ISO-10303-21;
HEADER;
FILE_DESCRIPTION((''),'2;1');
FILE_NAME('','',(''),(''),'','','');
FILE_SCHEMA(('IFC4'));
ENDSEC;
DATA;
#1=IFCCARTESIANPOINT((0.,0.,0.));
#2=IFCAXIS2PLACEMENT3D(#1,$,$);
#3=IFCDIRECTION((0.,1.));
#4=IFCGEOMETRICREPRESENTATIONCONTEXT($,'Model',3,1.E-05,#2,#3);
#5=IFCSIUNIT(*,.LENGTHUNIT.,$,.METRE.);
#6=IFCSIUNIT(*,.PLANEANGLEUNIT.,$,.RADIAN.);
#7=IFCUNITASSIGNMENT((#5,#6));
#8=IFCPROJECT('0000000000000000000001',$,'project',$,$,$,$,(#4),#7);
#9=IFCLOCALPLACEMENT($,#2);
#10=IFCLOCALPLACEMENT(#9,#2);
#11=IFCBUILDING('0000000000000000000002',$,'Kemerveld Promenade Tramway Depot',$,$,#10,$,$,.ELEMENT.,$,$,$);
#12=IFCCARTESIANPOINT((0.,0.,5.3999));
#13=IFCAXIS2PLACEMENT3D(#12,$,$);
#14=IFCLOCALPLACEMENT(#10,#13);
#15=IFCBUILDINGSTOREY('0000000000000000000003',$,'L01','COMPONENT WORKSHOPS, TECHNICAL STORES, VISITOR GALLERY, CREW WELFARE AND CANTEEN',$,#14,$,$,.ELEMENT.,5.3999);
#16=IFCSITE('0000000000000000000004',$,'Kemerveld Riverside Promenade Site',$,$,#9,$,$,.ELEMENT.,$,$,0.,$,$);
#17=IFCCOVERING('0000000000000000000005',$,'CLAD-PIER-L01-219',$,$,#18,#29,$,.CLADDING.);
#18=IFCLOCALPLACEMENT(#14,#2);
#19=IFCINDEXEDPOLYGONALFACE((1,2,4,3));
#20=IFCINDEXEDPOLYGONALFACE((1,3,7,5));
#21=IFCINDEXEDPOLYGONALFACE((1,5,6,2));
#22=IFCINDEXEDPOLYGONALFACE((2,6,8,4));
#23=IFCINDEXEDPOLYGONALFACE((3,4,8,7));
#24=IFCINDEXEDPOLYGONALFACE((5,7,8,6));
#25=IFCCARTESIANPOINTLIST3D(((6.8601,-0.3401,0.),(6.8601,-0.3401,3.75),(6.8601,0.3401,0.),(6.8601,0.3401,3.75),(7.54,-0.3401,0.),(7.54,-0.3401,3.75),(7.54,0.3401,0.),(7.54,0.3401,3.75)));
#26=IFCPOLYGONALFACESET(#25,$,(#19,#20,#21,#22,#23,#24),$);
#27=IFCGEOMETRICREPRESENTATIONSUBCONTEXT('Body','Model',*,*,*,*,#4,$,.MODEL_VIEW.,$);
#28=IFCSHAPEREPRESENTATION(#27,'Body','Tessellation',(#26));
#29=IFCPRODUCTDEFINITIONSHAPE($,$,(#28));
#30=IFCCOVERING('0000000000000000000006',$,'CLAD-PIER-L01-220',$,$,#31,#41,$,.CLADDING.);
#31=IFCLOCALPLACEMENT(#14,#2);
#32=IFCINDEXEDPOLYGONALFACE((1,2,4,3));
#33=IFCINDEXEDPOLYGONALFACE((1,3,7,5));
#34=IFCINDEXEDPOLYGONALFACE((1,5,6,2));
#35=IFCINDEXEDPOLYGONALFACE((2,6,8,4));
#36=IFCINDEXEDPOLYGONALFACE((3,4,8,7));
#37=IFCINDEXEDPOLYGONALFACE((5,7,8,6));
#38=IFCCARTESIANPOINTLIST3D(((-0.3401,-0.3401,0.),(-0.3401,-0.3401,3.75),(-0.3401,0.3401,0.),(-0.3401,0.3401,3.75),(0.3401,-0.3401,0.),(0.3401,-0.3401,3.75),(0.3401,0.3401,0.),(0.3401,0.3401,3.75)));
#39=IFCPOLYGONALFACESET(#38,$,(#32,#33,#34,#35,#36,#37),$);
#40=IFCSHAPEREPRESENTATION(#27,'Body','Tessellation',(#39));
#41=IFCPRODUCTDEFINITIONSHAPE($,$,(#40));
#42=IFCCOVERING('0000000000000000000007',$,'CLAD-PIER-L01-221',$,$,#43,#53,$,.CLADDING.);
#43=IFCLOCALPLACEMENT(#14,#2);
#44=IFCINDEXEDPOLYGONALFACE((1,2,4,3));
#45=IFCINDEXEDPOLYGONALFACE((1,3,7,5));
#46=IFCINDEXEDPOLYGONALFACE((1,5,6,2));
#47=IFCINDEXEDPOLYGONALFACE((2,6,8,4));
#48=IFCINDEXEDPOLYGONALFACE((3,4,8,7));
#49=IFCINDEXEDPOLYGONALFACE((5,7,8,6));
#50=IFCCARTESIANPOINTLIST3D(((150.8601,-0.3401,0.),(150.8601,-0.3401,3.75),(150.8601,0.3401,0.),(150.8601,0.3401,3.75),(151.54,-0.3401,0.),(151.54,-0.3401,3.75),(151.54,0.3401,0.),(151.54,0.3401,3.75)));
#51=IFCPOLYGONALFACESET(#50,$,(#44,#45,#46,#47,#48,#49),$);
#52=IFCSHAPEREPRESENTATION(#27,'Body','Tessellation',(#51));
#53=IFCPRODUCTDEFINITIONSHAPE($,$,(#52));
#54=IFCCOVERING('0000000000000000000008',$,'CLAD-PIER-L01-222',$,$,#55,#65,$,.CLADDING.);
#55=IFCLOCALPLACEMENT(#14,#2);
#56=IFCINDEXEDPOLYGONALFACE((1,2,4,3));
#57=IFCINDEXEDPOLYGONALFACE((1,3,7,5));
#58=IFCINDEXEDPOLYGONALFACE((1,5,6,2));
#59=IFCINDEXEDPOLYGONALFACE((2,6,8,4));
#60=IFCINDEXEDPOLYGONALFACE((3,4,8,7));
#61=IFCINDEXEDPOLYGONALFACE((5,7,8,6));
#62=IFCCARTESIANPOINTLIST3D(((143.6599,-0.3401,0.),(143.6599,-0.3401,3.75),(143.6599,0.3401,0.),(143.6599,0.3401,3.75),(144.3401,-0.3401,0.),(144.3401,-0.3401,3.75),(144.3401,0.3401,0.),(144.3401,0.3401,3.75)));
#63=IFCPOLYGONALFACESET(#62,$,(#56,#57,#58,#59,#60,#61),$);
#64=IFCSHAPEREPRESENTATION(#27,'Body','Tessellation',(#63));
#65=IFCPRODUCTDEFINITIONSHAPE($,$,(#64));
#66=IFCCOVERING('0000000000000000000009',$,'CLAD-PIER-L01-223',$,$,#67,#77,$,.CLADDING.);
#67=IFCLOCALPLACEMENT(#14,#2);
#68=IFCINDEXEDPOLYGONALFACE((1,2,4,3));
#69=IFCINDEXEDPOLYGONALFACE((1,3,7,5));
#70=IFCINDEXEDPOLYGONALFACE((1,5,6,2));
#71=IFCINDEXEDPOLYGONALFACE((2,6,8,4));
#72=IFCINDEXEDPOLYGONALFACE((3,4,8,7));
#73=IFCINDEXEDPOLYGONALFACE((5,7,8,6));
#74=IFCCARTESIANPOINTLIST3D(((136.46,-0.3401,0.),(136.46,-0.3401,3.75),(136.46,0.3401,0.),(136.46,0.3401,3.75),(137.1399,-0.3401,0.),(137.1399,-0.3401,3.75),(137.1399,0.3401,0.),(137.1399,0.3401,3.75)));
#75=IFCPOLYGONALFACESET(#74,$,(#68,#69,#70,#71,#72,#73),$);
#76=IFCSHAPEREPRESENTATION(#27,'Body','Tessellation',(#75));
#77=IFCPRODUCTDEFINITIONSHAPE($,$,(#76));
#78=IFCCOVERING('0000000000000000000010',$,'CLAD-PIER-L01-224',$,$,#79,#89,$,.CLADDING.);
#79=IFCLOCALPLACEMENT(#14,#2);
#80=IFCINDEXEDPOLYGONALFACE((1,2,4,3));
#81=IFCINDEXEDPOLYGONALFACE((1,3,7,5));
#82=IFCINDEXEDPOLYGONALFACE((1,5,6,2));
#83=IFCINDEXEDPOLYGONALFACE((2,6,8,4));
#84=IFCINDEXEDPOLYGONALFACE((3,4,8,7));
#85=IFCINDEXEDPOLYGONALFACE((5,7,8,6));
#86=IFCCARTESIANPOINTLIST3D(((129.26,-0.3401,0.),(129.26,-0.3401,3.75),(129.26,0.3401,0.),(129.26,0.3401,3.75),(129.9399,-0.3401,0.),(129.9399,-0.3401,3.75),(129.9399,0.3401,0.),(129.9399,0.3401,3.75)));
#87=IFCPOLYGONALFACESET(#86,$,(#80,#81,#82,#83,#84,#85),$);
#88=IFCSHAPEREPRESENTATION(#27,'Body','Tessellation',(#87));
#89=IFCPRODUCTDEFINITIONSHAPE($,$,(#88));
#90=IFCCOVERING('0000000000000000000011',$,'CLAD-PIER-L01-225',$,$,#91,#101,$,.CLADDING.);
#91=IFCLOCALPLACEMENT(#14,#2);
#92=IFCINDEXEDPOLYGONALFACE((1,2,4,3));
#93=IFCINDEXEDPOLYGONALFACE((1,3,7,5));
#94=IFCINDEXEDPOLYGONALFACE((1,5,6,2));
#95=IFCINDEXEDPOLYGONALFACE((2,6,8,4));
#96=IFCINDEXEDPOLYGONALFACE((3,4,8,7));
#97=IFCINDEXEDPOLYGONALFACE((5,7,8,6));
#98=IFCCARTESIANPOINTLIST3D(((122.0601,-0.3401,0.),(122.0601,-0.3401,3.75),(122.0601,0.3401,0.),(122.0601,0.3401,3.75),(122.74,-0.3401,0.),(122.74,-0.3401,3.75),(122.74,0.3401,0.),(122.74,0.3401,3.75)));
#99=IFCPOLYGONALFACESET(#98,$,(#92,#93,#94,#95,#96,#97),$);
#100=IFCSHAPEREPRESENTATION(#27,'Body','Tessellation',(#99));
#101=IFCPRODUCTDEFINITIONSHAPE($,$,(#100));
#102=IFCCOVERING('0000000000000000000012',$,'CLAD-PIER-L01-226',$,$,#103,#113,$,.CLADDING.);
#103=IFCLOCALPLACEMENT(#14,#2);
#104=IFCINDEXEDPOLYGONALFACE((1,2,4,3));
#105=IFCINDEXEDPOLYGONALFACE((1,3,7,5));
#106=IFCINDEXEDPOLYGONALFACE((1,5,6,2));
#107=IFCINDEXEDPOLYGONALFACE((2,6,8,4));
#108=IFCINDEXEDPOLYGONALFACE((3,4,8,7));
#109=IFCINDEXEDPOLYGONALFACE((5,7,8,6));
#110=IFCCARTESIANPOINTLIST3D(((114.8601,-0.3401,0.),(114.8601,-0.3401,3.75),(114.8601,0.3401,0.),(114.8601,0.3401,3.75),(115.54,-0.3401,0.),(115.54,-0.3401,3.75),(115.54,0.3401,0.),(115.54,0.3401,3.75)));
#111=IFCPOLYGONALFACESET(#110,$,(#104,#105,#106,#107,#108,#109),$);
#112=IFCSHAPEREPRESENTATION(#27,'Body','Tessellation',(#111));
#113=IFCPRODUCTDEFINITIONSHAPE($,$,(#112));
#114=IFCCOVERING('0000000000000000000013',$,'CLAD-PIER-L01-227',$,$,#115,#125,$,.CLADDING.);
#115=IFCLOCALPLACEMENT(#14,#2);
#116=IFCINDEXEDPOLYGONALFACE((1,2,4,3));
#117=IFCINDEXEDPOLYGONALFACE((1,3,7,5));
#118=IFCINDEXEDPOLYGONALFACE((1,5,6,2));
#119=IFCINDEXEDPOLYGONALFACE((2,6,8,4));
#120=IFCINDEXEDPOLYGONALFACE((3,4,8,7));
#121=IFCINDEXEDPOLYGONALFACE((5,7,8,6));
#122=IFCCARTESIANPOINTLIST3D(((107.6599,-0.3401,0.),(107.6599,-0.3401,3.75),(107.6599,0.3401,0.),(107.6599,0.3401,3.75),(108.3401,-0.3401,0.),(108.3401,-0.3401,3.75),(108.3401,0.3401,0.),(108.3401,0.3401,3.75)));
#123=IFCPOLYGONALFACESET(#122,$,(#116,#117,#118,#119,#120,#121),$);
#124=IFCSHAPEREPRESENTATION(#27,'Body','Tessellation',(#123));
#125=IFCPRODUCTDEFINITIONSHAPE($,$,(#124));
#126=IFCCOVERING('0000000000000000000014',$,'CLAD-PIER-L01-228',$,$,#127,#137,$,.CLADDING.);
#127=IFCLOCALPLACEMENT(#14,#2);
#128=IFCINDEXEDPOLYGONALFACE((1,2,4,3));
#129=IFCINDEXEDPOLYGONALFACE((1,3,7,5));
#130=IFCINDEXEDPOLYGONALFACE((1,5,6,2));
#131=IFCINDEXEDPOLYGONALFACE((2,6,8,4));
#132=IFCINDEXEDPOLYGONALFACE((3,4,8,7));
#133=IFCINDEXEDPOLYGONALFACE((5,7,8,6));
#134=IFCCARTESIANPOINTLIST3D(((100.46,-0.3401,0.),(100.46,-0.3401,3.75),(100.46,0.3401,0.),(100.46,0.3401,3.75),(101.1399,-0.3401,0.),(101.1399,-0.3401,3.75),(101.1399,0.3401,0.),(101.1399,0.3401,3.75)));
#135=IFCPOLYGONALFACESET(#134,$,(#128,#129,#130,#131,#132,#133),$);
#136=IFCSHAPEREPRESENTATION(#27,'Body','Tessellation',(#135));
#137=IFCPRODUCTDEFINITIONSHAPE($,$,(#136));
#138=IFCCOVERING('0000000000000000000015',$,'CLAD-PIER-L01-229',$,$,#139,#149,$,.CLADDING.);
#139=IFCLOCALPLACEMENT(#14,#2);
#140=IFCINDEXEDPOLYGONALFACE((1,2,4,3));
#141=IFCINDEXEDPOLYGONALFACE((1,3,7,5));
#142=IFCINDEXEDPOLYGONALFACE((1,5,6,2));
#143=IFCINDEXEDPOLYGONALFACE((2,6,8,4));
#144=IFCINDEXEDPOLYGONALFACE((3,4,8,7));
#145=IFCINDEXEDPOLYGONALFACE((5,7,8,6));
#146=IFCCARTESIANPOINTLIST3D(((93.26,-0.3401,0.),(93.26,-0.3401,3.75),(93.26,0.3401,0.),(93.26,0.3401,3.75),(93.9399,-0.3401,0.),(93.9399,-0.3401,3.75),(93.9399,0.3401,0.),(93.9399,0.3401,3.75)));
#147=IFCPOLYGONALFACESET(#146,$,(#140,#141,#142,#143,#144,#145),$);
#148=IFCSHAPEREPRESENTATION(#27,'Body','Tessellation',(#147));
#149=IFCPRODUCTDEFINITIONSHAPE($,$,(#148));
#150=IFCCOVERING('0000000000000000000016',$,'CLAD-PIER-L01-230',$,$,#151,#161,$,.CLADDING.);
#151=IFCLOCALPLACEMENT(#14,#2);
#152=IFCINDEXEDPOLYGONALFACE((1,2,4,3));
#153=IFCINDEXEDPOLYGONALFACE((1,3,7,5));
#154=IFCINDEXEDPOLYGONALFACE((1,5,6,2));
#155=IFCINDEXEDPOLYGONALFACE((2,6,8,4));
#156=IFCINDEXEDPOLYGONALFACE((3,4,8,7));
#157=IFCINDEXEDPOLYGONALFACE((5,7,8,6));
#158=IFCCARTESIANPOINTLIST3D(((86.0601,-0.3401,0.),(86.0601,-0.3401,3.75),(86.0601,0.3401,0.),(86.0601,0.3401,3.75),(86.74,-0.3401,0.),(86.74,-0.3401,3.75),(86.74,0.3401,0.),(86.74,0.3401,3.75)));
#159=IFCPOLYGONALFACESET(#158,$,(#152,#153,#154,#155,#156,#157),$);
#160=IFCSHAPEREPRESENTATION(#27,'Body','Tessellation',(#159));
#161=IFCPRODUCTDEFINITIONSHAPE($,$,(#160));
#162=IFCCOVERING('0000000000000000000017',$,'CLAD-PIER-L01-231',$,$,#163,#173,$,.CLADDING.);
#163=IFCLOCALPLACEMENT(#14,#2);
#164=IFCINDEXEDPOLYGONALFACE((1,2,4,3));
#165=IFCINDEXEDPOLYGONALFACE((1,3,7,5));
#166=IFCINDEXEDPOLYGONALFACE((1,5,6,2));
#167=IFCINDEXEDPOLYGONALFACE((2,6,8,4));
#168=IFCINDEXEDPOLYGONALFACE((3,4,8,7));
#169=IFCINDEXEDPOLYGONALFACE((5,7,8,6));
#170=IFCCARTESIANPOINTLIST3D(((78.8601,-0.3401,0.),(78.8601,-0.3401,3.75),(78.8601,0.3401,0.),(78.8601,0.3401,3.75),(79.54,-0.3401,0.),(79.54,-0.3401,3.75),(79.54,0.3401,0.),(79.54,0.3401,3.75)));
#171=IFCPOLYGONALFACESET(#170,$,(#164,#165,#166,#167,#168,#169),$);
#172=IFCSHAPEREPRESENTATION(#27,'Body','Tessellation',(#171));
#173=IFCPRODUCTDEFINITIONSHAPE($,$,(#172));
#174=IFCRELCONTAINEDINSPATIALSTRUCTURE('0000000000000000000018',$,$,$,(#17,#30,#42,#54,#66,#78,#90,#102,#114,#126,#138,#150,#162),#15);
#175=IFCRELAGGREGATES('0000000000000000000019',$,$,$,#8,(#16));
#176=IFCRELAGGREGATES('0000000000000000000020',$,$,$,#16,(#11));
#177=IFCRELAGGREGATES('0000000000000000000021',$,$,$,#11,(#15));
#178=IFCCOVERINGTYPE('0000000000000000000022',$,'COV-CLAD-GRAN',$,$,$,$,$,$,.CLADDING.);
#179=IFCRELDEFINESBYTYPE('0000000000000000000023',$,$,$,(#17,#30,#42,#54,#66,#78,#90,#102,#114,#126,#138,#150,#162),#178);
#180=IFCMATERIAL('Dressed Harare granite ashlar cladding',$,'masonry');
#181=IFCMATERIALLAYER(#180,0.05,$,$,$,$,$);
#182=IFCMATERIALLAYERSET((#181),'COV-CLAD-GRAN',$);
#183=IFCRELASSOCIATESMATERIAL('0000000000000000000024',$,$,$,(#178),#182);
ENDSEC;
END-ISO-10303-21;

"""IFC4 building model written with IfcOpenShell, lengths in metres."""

from ifc_helpers import new_model, si_unit, direction, frame, origin, place, context, subcontext, project, spatial, polyline, outline, extrude, material, layer, layer_set, type_object, element, save


model = new_model("IFC4")

# Units and contexts
model_context = context("Model", 3, precision=1e-05, world=origin(), true_north=direction((0.0, 1.0)))
body_context = subcontext(model_context, "Body", "Model", "MODEL_VIEW")
ifc_project = project(units=[si_unit("LENGTHUNIT", "METRE"), si_unit("PLANEANGLEUNIT", "RADIAN")], contexts=[model_context])

# Site, building, storey
site_placement = place(None, origin())
site = spatial("IfcSite", under=ifc_project, at=site_placement, Name="Kemerveld Riverside Promenade Site", CompositionType="ELEMENT", RefElevation=0.0)
building_placement = place(site_placement, origin())
building = spatial("IfcBuilding", under=site, at=building_placement, Name="Kemerveld Promenade Tramway Depot", CompositionType="ELEMENT")
storey_placement = place(building_placement, frame((0.0, 0.0, 5.3999)))
storey = spatial("IfcBuildingStorey", under=building, at=storey_placement, Name="L01", Description="COMPONENT WORKSHOPS, TECHNICAL STORES, VISITOR GALLERY, CREW WELFARE AND CANTEEN", CompositionType="ELEMENT", Elevation=5.3999)

# Coverings
ifc_material = material(Name="Dressed Harare granite ashlar cladding", Category="masonry")
ifc_layer = layer(ifc_material, 0.05)
ifc_layer_set = layer_set([ifc_layer], Name="COV-CLAD-GRAN")
covering_type = type_object("IfcCoveringType", Name="COV-CLAD-GRAN", PredefinedType="CLADDING", material=ifc_layer_set)
covering_1_placement = place(storey_placement, origin())
element("IfcCovering", 1, at=covering_1_placement, inside=storey, type_object=covering_type, Name="CLAD-PIER-L01-219", PredefinedType="CLADDING", context=body_context, shape_type="SweptSolid", body=[
    extrude(outline(polyline([(6.8601, -0.3401), (7.54, -0.3401), (7.54, 0.3401), (6.8601, 0.3401), (6.8601, -0.3401)])), origin(), (0.0, 0.0, 1.0), 3.75),
])
covering_2_placement = place(storey_placement, origin())
element("IfcCovering", 2, at=covering_2_placement, inside=storey, type_object=covering_type, Name="CLAD-PIER-L01-220", PredefinedType="CLADDING", context=body_context, shape_type="SweptSolid", body=[
    extrude(outline(polyline([(-0.3401, -0.3401), (0.3401, -0.3401), (0.3401, 0.3401), (-0.3401, 0.3401), (-0.3401, -0.3401)])), origin(), (0.0, 0.0, 1.0), 3.75),
])
covering_3_placement = place(storey_placement, origin())
element("IfcCovering", 3, at=covering_3_placement, inside=storey, type_object=covering_type, Name="CLAD-PIER-L01-221", PredefinedType="CLADDING", context=body_context, shape_type="SweptSolid", body=[
    extrude(outline(polyline([(150.8601, -0.3401), (151.54, -0.3401), (151.54, 0.3401), (150.8601, 0.3401), (150.8601, -0.3401)])), origin(), (0.0, 0.0, 1.0), 3.75),
])
covering_4_placement = place(storey_placement, origin())
element("IfcCovering", 4, at=covering_4_placement, inside=storey, type_object=covering_type, Name="CLAD-PIER-L01-222", PredefinedType="CLADDING", context=body_context, shape_type="SweptSolid", body=[
    extrude(outline(polyline([(143.6599, -0.3401), (144.3401, -0.3401), (144.3401, 0.3401), (143.6599, 0.3401), (143.6599, -0.3401)])), origin(), (0.0, 0.0, 1.0), 3.75),
])
covering_5_placement = place(storey_placement, origin())
element("IfcCovering", 5, at=covering_5_placement, inside=storey, type_object=covering_type, Name="CLAD-PIER-L01-223", PredefinedType="CLADDING", context=body_context, shape_type="SweptSolid", body=[
    extrude(outline(polyline([(136.46, -0.3401), (137.1399, -0.3401), (137.1399, 0.3401), (136.46, 0.3401), (136.46, -0.3401)])), origin(), (0.0, 0.0, 1.0), 3.75),
])
covering_6_placement = place(storey_placement, origin())
element("IfcCovering", 6, at=covering_6_placement, inside=storey, type_object=covering_type, Name="CLAD-PIER-L01-224", PredefinedType="CLADDING", context=body_context, shape_type="SweptSolid", body=[
    extrude(outline(polyline([(129.26, -0.3401), (129.9399, -0.3401), (129.9399, 0.3401), (129.26, 0.3401), (129.26, -0.3401)])), origin(), (0.0, 0.0, 1.0), 3.75),
])
covering_7_placement = place(storey_placement, origin())
element("IfcCovering", 7, at=covering_7_placement, inside=storey, type_object=covering_type, Name="CLAD-PIER-L01-225", PredefinedType="CLADDING", context=body_context, shape_type="SweptSolid", body=[
    extrude(outline(polyline([(122.0601, -0.3401), (122.74, -0.3401), (122.74, 0.3401), (122.0601, 0.3401), (122.0601, -0.3401)])), origin(), (0.0, 0.0, 1.0), 3.75),
])
covering_8_placement = place(storey_placement, origin())
element("IfcCovering", 8, at=covering_8_placement, inside=storey, type_object=covering_type, Name="CLAD-PIER-L01-226", PredefinedType="CLADDING", context=body_context, shape_type="SweptSolid", body=[
    extrude(outline(polyline([(114.8601, -0.3401), (115.54, -0.3401), (115.54, 0.3401), (114.8601, 0.3401), (114.8601, -0.3401)])), origin(), (0.0, 0.0, 1.0), 3.75),
])
covering_9_placement = place(storey_placement, origin())
element("IfcCovering", 9, at=covering_9_placement, inside=storey, type_object=covering_type, Name="CLAD-PIER-L01-227", PredefinedType="CLADDING", context=body_context, shape_type="SweptSolid", body=[
    extrude(outline(polyline([(107.6599, -0.3401), (108.3401, -0.3401), (108.3401, 0.3401), (107.6599, 0.3401), (107.6599, -0.3401)])), origin(), (0.0, 0.0, 1.0), 3.75),
])
covering_10_placement = place(storey_placement, origin())
element("IfcCovering", 10, at=covering_10_placement, inside=storey, type_object=covering_type, Name="CLAD-PIER-L01-228", PredefinedType="CLADDING", context=body_context, shape_type="SweptSolid", body=[
    extrude(outline(polyline([(100.46, -0.3401), (101.1399, -0.3401), (101.1399, 0.3401), (100.46, 0.3401), (100.46, -0.3401)])), origin(), (0.0, 0.0, 1.0), 3.75),
])
covering_11_placement = place(storey_placement, origin())
element("IfcCovering", 11, at=covering_11_placement, inside=storey, type_object=covering_type, Name="CLAD-PIER-L01-229", PredefinedType="CLADDING", context=body_context, shape_type="SweptSolid", body=[
    extrude(outline(polyline([(93.26, -0.3401), (93.9399, -0.3401), (93.9399, 0.3401), (93.26, 0.3401), (93.26, -0.3401)])), origin(), (0.0, 0.0, 1.0), 3.75),
])
covering_12_placement = place(storey_placement, origin())
element("IfcCovering", 12, at=covering_12_placement, inside=storey, type_object=covering_type, Name="CLAD-PIER-L01-230", PredefinedType="CLADDING", context=body_context, shape_type="SweptSolid", body=[
    extrude(outline(polyline([(86.0601, -0.3401), (86.74, -0.3401), (86.74, 0.3401), (86.0601, 0.3401), (86.0601, -0.3401)])), origin(), (0.0, 0.0, 1.0), 3.75),
])
covering_13_placement = place(storey_placement, origin())
element("IfcCovering", 13, at=covering_13_placement, inside=storey, type_object=covering_type, Name="CLAD-PIER-L01-231", PredefinedType="CLADDING", context=body_context, shape_type="SweptSolid", body=[
    extrude(outline(polyline([(78.8601, -0.3401), (79.54, -0.3401), (79.54, 0.3401), (78.8601, 0.3401), (78.8601, -0.3401)])), origin(), (0.0, 0.0, 1.0), 3.75),
])

save(model, "model.ifc")
